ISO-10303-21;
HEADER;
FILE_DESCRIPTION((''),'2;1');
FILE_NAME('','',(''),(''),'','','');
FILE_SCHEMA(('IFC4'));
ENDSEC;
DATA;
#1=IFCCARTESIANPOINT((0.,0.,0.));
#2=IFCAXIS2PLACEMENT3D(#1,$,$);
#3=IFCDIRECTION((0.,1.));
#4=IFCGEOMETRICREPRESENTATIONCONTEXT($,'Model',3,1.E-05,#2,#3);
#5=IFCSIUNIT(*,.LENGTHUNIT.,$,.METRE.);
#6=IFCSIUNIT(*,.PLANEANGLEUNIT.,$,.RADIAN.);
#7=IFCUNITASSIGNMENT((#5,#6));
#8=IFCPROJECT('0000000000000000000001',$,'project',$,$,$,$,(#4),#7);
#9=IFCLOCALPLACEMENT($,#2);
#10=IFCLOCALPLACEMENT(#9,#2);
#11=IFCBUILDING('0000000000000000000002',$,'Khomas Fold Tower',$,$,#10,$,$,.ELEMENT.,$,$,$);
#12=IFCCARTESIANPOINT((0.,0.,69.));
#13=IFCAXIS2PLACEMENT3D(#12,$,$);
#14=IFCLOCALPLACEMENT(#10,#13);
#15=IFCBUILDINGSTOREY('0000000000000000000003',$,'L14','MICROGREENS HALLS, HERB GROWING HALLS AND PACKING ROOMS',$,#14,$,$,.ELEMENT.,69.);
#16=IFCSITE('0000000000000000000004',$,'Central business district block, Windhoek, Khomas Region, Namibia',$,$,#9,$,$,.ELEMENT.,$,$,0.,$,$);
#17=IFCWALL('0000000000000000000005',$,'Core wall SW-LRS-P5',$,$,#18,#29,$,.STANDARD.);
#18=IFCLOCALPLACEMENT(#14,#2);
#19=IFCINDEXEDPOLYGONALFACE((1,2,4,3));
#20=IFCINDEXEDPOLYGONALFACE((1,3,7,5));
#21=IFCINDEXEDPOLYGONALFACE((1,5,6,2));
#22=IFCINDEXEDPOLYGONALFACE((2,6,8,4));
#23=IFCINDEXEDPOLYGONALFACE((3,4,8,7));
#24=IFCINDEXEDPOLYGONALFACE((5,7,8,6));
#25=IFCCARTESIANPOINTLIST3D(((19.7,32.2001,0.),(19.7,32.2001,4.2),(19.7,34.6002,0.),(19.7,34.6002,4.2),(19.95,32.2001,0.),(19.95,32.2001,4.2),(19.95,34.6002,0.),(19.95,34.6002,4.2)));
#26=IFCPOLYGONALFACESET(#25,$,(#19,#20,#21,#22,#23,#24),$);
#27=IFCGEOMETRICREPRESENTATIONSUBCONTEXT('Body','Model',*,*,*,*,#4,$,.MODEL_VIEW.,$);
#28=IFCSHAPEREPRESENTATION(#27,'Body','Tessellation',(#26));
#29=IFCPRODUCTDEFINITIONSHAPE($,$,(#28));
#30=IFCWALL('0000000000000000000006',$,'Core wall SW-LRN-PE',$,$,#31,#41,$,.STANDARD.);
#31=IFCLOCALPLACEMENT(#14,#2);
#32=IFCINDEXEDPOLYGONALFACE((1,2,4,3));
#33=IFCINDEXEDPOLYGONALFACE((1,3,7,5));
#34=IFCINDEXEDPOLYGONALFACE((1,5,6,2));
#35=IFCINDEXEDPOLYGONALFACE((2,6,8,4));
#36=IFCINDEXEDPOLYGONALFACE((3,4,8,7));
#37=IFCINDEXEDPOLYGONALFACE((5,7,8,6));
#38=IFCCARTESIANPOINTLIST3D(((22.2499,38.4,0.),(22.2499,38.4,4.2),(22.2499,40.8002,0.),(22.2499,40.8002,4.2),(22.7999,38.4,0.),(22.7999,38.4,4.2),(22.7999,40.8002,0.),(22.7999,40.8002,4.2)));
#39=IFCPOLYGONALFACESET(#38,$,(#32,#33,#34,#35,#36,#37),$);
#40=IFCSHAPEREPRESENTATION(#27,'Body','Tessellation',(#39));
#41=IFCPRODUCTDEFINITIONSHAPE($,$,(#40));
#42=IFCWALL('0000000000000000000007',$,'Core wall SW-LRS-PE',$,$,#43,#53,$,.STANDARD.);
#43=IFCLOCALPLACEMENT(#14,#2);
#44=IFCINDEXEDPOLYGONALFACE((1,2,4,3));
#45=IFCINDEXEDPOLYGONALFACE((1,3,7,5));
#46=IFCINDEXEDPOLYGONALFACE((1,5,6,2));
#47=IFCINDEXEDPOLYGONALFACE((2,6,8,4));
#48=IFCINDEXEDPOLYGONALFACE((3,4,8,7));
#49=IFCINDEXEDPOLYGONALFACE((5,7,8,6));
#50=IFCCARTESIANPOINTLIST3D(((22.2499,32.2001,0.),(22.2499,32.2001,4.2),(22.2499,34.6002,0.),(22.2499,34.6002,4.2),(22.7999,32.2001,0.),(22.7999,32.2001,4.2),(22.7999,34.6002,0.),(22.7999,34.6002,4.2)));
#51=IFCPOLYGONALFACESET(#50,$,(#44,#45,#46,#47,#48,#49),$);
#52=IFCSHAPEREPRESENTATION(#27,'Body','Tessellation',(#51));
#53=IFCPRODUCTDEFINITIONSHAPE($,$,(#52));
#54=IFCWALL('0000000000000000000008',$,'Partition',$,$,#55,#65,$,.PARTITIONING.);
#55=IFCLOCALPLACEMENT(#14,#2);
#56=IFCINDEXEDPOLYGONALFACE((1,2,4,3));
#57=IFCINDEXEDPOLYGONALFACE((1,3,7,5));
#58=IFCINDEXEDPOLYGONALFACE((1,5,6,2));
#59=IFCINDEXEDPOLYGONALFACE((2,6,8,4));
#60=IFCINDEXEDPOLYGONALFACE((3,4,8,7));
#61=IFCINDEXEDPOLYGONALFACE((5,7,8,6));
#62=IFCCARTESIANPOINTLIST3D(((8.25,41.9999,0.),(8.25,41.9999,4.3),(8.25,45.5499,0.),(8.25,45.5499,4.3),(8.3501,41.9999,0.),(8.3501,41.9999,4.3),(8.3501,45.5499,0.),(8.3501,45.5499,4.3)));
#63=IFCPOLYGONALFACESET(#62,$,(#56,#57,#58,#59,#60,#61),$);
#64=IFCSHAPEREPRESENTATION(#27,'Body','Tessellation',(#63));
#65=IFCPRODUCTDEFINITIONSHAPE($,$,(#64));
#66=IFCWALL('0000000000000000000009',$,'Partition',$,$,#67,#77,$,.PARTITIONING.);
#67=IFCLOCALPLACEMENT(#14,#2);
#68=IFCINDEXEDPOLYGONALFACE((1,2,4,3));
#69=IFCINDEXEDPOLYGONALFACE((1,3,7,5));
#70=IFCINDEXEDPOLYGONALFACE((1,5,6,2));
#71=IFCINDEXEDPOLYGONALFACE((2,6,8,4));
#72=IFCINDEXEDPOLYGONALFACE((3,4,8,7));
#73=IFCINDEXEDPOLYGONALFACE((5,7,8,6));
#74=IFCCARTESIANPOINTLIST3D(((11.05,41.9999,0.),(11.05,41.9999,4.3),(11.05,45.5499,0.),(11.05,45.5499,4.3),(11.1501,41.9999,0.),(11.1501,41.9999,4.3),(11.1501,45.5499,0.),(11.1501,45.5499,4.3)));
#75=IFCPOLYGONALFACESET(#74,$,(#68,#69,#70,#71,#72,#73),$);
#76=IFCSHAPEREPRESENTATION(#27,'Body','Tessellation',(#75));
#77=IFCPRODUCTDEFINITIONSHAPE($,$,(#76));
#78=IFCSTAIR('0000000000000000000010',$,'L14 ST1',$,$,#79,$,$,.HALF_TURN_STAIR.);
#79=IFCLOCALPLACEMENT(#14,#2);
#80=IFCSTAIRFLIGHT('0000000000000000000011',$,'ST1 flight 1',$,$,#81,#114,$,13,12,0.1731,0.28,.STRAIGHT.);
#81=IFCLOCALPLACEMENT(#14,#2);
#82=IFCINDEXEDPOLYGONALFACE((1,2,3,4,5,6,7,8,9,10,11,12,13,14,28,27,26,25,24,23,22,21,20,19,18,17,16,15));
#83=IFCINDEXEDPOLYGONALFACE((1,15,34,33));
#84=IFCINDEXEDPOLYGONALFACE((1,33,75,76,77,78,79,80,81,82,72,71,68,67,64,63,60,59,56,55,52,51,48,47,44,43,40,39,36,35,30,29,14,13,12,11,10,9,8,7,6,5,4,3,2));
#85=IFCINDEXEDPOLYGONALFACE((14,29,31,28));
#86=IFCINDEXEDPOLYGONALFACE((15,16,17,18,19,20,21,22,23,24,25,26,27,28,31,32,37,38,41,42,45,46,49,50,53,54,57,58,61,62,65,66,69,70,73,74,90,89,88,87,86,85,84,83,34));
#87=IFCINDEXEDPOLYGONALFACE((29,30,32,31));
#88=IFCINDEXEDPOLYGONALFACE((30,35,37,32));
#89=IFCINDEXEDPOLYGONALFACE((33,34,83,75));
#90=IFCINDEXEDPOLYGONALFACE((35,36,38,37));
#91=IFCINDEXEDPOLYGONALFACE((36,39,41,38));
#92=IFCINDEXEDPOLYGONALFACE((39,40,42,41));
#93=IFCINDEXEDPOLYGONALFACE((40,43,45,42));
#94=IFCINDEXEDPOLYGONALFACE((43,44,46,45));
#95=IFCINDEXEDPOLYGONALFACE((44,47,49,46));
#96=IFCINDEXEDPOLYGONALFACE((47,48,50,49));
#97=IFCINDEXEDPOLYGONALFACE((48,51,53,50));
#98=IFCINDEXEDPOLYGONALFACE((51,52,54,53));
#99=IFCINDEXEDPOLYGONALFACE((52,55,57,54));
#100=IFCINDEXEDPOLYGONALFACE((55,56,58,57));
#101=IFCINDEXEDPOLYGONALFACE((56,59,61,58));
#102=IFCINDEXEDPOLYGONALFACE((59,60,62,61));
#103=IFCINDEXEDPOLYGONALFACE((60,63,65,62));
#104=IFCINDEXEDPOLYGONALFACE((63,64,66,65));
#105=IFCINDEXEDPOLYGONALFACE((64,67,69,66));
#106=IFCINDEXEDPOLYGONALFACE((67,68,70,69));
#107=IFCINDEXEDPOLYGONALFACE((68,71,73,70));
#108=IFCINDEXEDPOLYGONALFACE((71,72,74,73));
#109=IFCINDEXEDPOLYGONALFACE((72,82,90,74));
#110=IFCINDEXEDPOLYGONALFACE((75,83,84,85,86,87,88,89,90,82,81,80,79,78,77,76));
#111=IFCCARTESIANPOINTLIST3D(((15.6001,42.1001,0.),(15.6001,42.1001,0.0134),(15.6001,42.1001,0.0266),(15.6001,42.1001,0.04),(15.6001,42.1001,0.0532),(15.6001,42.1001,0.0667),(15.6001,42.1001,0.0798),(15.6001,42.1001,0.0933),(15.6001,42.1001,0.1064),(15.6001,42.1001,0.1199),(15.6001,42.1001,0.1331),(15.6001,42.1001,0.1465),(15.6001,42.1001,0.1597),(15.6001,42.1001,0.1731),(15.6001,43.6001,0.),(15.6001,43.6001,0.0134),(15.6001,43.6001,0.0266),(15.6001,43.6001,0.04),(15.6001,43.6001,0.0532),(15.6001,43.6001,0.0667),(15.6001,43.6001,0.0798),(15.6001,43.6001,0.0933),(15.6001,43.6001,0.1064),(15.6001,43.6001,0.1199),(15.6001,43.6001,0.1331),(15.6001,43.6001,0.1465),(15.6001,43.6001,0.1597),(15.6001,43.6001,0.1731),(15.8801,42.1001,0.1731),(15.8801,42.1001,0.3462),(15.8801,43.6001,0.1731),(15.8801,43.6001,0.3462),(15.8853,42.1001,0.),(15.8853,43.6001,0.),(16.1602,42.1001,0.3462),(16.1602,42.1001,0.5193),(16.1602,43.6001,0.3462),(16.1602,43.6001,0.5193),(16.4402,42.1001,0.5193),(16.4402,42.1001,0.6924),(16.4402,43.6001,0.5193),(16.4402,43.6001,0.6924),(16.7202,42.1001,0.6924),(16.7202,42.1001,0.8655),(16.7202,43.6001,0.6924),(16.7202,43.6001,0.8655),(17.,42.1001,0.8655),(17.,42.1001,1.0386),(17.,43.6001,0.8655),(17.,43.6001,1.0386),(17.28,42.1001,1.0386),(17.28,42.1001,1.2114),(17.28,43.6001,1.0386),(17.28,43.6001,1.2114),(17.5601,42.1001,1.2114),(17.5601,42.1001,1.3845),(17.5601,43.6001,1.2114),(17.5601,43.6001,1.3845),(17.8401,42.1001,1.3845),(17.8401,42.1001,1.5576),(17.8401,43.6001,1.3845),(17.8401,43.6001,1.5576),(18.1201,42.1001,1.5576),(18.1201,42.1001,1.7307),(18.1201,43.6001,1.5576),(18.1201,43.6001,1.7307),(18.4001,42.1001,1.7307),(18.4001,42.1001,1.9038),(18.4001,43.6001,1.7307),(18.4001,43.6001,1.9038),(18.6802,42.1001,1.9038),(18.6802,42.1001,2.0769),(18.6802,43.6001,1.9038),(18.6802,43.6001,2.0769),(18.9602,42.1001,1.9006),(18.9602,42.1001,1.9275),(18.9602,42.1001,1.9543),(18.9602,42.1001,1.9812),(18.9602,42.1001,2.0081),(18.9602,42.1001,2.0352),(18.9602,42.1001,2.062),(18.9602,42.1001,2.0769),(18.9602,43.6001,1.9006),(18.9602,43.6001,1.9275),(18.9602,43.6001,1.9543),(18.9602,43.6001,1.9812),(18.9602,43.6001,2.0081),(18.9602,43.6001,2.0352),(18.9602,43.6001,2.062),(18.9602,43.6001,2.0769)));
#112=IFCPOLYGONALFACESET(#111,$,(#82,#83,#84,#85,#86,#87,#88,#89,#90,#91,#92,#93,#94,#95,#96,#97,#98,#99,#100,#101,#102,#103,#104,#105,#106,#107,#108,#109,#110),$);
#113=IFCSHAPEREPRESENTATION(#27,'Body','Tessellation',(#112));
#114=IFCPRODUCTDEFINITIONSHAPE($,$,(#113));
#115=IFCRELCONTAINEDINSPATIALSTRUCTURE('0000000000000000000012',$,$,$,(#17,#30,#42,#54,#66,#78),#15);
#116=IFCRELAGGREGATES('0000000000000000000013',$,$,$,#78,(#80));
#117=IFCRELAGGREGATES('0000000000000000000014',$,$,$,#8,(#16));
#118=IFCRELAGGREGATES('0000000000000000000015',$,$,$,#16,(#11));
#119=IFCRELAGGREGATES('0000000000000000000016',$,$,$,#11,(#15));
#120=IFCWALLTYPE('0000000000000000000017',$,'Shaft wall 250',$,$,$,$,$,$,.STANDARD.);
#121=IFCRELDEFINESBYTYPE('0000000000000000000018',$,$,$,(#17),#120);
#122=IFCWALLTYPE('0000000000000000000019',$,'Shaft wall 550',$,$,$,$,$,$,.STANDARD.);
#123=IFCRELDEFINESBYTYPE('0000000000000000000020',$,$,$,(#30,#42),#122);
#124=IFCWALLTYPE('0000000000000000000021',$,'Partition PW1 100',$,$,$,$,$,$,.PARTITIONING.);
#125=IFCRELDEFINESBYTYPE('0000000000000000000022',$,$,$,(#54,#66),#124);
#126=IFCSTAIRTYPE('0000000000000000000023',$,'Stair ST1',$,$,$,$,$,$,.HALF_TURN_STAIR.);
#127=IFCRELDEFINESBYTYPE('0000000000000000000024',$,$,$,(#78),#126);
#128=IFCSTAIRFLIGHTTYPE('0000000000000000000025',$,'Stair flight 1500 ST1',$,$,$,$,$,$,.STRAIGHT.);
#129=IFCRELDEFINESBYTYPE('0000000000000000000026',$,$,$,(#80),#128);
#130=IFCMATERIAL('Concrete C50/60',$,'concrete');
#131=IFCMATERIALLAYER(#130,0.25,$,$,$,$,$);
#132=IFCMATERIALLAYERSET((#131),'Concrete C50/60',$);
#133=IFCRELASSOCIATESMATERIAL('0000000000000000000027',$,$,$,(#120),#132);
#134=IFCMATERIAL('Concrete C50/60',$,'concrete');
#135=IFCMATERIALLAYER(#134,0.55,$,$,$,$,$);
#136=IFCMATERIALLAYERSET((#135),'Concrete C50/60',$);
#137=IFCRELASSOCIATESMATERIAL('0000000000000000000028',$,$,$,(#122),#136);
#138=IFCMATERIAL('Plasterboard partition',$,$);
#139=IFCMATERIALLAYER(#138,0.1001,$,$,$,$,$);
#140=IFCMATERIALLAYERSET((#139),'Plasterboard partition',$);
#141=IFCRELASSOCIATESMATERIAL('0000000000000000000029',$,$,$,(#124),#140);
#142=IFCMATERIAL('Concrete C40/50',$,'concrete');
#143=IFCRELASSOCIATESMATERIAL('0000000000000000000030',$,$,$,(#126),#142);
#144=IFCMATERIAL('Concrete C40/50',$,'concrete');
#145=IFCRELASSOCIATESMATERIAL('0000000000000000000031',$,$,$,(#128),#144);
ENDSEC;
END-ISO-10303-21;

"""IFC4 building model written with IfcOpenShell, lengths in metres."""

from ifc_helpers import new_model, si_unit, direction, frame, frame_2d, origin, place, context, subcontext, project, spatial, polyline, rectangle, outline, extrude, source, transform, mapped, material, layer, layer_set, type_object, element, aggregate, save


model = new_model("IFC4")

# Units and contexts
model_context = context("Model", 3, precision=1e-05, world=origin(), true_north=direction((0.0, 1.0)))
body_context = subcontext(model_context, "Body", "Model", "MODEL_VIEW")
ifc_project = project(units=[si_unit("LENGTHUNIT", "METRE"), si_unit("PLANEANGLEUNIT", "RADIAN")], contexts=[model_context])

# Site, building, storey
site_placement = place(None, origin())
site = spatial("IfcSite", under=ifc_project, at=site_placement, Name="Central business district block, Windhoek, Khomas Region, Namibia", CompositionType="ELEMENT", RefElevation=0.0)
building_placement = place(site_placement, origin())
building = spatial("IfcBuilding", under=site, at=building_placement, Name="Khomas Fold Tower", CompositionType="ELEMENT")
storey_placement = place(building_placement, frame((0.0, 0.0, 69.0)))
storey = spatial("IfcBuildingStorey", under=building, at=storey_placement, Name="L14", Description="MICROGREENS HALLS, HERB GROWING HALLS AND PACKING ROOMS", CompositionType="ELEMENT", Elevation=69.0)

# Walls
ifc_material_1 = material(Name="Concrete C50/60", Category="concrete")
ifc_layer_1 = layer(ifc_material_1, 0.25)
ifc_layer_set_1 = layer_set([ifc_layer_1], Name="Concrete C50/60")
wall_type_1 = type_object("IfcWallType", Name="Shaft wall 250", PredefinedType="STANDARD", material=ifc_layer_set_1)
shared_shape_1 = source(origin(), body_context, "Body", "SweptSolid", [
    extrude(rectangle(XDim=2.4001, YDim=0.25, at=frame_2d((1.2002, 0.0))), origin(), (0.0, 0.0, 1.0), 4.2),
])
for number, where, z_axis, x_axis, name in (
    (1, (19.825, 32.2, 0.0), (0.0, 0.0, 1.0), (0.0, 1.0, 0.0), "Core wall SW-LRS-P5"),
):
    element("IfcWall", number, at=place(storey_placement, frame(where, z_axis=z_axis, x_axis=x_axis)), inside=storey, type_object=wall_type_1, Name=name, PredefinedType="STANDARD", context=body_context, shape_type="MappedRepresentation", body=[
        mapped(shared_shape_1, transform((0.0, 0.0, 0.0))),
    ])
ifc_material_2 = material(Name="Concrete C50/60", Category="concrete")
ifc_layer_2 = layer(ifc_material_2, 0.55)
ifc_layer_set_2 = layer_set([ifc_layer_2], Name="Concrete C50/60")
wall_type_2 = type_object("IfcWallType", Name="Shaft wall 550", PredefinedType="STANDARD", material=ifc_layer_set_2)
shared_shape_2 = source(origin(), body_context, "Body", "SweptSolid", [
    extrude(rectangle(XDim=2.4001, YDim=0.55, at=frame_2d((1.2002, 0.0))), origin(), (0.0, 0.0, 1.0), 4.2),
])
for number, where, z_axis, x_axis, name in (
    (2, (22.5249, 38.3999, 0.0), (0.0, 0.0, 1.0), (0.0, 1.0, 0.0), "Core wall SW-LRN-PE"),
    (3, (22.5249, 32.2, 0.0), (0.0, 0.0, 1.0), (0.0, 1.0, 0.0), "Core wall SW-LRS-PE"),
):
    element("IfcWall", number, at=place(storey_placement, frame(where, z_axis=z_axis, x_axis=x_axis)), inside=storey, type_object=wall_type_2, Name=name, PredefinedType="STANDARD", context=body_context, shape_type="MappedRepresentation", body=[
        mapped(shared_shape_2, transform((0.0, 0.0, 0.0))),
    ])
ifc_material_3 = material(Name="Plasterboard partition")
ifc_layer_3 = layer(ifc_material_3, 0.1001)
ifc_layer_set_3 = layer_set([ifc_layer_3], Name="Plasterboard partition")
wall_type_3 = type_object("IfcWallType", Name="Partition PW1 100", PredefinedType="PARTITIONING", material=ifc_layer_set_3)
shared_shape_3 = source(origin(), body_context, "Body", "SweptSolid", [
    extrude(rectangle(XDim=3.55, YDim=0.1001, at=frame_2d((1.7749, 0.0))), origin(), (0.0, 0.0, 1.0), 4.3),
])
for number, where, z_axis, x_axis, name in (
    (4, (8.3, 42.0, 0.0), (0.0, 0.0, 1.0), (0.0, 1.0, 0.0), "Partition"),
    (5, (11.1001, 42.0, 0.0), (0.0, 0.0, 1.0), (0.0, 1.0, 0.0), "Partition"),
):
    element("IfcWall", number, at=place(storey_placement, frame(where, z_axis=z_axis, x_axis=x_axis)), inside=storey, type_object=wall_type_3, Name=name, PredefinedType="PARTITIONING", context=body_context, shape_type="MappedRepresentation", body=[
        mapped(shared_shape_3, transform((0.0, 0.0, 0.0))),
    ])

# Stair, stair flight
ifc_material_4 = material(Name="Concrete C40/50", Category="concrete")
stair_type = type_object("IfcStairType", Name="Stair ST1", PredefinedType="HALF_TURN_STAIR", material=ifc_material_4)
stair_placement = place(storey_placement, origin())
stair = element("IfcStair", 6, at=stair_placement, inside=storey, type_object=stair_type, Name="L14 ST1", PredefinedType="HALF_TURN_STAIR")
ifc_material_5 = material(Name="Concrete C40/50", Category="concrete")
stair_flight_type = type_object("IfcStairFlightType", Name="Stair flight 1500 ST1", PredefinedType="STRAIGHT", material=ifc_material_5)
shared_shape_4 = source(origin(), body_context, "Body", "SweptSolid", [
    extrude(outline(polyline([(0.0, 0.0), (0.0, 0.0134), (0.0, 0.0266), (0.0, 0.04), (0.0, 0.0532), (0.0, 0.0667), (0.0, 0.0798), (0.0, 0.0933), (0.0, 0.1064), (0.0, 0.1199), (0.0, 0.1331), (0.0, 0.1465), (0.0, 0.1597), (0.0, 0.1731), (0.28, 0.1731), (0.28, 0.3462), (0.5601, 0.3462), (0.5601, 0.5193), (0.8401, 0.5193), (0.8401, 0.6924), (1.1201, 0.6924), (1.1201, 0.8655), (1.3999, 0.8655), (1.3999, 1.0386), (1.6799, 1.0386), (1.6799, 1.2114), (1.96, 1.2114), (1.96, 1.3845), (2.24, 1.3845), (2.24, 1.5576), (2.52, 1.5576), (2.52, 1.7307), (2.8, 1.7307), (2.8, 1.9038), (3.0801, 1.9038), (3.0801, 2.0769), (3.3601, 2.0769), (3.3601, 2.25), (3.3601, 2.2231), (3.3601, 2.1963), (3.3601, 2.1694), (3.3601, 2.1426), (3.3601, 2.1157), (3.3601, 2.0889), (3.3601, 2.062), (3.3601, 2.0352), (3.3601, 2.0081), (3.3601, 1.9812), (3.3601, 1.9543), (3.3601, 1.9275), (3.3601, 1.9006), (0.2852, 0.0), (0.0, 0.0)])), frame((0.0, 0.75, 0.0), z_axis=(0.0, -1.0, 0.0), x_axis=(1.0, 0.0, 0.0)), (0.0, 0.0, 1.0), 1.5),
])
stair_flight_placement = place(storey_placement, frame((15.6001, 42.8501, 0.0), z_axis=(0.0, 0.0, 1.0), x_axis=(1.0, 0.0, 0.0)))
stair_flight = element("IfcStairFlight", 7, at=stair_flight_placement, type_object=stair_flight_type, Name="ST1 flight 1", NumberOfRisers=13, NumberOfTreads=12, PredefinedType="STRAIGHT", RiserHeight=0.1731, TreadLength=0.28, context=body_context, shape_type="MappedRepresentation", body=[
    mapped(shared_shape_4, transform((0.0, 0.0, 0.0))),
])
aggregate(stair, [stair_flight])

save(model, "model.ifc")
